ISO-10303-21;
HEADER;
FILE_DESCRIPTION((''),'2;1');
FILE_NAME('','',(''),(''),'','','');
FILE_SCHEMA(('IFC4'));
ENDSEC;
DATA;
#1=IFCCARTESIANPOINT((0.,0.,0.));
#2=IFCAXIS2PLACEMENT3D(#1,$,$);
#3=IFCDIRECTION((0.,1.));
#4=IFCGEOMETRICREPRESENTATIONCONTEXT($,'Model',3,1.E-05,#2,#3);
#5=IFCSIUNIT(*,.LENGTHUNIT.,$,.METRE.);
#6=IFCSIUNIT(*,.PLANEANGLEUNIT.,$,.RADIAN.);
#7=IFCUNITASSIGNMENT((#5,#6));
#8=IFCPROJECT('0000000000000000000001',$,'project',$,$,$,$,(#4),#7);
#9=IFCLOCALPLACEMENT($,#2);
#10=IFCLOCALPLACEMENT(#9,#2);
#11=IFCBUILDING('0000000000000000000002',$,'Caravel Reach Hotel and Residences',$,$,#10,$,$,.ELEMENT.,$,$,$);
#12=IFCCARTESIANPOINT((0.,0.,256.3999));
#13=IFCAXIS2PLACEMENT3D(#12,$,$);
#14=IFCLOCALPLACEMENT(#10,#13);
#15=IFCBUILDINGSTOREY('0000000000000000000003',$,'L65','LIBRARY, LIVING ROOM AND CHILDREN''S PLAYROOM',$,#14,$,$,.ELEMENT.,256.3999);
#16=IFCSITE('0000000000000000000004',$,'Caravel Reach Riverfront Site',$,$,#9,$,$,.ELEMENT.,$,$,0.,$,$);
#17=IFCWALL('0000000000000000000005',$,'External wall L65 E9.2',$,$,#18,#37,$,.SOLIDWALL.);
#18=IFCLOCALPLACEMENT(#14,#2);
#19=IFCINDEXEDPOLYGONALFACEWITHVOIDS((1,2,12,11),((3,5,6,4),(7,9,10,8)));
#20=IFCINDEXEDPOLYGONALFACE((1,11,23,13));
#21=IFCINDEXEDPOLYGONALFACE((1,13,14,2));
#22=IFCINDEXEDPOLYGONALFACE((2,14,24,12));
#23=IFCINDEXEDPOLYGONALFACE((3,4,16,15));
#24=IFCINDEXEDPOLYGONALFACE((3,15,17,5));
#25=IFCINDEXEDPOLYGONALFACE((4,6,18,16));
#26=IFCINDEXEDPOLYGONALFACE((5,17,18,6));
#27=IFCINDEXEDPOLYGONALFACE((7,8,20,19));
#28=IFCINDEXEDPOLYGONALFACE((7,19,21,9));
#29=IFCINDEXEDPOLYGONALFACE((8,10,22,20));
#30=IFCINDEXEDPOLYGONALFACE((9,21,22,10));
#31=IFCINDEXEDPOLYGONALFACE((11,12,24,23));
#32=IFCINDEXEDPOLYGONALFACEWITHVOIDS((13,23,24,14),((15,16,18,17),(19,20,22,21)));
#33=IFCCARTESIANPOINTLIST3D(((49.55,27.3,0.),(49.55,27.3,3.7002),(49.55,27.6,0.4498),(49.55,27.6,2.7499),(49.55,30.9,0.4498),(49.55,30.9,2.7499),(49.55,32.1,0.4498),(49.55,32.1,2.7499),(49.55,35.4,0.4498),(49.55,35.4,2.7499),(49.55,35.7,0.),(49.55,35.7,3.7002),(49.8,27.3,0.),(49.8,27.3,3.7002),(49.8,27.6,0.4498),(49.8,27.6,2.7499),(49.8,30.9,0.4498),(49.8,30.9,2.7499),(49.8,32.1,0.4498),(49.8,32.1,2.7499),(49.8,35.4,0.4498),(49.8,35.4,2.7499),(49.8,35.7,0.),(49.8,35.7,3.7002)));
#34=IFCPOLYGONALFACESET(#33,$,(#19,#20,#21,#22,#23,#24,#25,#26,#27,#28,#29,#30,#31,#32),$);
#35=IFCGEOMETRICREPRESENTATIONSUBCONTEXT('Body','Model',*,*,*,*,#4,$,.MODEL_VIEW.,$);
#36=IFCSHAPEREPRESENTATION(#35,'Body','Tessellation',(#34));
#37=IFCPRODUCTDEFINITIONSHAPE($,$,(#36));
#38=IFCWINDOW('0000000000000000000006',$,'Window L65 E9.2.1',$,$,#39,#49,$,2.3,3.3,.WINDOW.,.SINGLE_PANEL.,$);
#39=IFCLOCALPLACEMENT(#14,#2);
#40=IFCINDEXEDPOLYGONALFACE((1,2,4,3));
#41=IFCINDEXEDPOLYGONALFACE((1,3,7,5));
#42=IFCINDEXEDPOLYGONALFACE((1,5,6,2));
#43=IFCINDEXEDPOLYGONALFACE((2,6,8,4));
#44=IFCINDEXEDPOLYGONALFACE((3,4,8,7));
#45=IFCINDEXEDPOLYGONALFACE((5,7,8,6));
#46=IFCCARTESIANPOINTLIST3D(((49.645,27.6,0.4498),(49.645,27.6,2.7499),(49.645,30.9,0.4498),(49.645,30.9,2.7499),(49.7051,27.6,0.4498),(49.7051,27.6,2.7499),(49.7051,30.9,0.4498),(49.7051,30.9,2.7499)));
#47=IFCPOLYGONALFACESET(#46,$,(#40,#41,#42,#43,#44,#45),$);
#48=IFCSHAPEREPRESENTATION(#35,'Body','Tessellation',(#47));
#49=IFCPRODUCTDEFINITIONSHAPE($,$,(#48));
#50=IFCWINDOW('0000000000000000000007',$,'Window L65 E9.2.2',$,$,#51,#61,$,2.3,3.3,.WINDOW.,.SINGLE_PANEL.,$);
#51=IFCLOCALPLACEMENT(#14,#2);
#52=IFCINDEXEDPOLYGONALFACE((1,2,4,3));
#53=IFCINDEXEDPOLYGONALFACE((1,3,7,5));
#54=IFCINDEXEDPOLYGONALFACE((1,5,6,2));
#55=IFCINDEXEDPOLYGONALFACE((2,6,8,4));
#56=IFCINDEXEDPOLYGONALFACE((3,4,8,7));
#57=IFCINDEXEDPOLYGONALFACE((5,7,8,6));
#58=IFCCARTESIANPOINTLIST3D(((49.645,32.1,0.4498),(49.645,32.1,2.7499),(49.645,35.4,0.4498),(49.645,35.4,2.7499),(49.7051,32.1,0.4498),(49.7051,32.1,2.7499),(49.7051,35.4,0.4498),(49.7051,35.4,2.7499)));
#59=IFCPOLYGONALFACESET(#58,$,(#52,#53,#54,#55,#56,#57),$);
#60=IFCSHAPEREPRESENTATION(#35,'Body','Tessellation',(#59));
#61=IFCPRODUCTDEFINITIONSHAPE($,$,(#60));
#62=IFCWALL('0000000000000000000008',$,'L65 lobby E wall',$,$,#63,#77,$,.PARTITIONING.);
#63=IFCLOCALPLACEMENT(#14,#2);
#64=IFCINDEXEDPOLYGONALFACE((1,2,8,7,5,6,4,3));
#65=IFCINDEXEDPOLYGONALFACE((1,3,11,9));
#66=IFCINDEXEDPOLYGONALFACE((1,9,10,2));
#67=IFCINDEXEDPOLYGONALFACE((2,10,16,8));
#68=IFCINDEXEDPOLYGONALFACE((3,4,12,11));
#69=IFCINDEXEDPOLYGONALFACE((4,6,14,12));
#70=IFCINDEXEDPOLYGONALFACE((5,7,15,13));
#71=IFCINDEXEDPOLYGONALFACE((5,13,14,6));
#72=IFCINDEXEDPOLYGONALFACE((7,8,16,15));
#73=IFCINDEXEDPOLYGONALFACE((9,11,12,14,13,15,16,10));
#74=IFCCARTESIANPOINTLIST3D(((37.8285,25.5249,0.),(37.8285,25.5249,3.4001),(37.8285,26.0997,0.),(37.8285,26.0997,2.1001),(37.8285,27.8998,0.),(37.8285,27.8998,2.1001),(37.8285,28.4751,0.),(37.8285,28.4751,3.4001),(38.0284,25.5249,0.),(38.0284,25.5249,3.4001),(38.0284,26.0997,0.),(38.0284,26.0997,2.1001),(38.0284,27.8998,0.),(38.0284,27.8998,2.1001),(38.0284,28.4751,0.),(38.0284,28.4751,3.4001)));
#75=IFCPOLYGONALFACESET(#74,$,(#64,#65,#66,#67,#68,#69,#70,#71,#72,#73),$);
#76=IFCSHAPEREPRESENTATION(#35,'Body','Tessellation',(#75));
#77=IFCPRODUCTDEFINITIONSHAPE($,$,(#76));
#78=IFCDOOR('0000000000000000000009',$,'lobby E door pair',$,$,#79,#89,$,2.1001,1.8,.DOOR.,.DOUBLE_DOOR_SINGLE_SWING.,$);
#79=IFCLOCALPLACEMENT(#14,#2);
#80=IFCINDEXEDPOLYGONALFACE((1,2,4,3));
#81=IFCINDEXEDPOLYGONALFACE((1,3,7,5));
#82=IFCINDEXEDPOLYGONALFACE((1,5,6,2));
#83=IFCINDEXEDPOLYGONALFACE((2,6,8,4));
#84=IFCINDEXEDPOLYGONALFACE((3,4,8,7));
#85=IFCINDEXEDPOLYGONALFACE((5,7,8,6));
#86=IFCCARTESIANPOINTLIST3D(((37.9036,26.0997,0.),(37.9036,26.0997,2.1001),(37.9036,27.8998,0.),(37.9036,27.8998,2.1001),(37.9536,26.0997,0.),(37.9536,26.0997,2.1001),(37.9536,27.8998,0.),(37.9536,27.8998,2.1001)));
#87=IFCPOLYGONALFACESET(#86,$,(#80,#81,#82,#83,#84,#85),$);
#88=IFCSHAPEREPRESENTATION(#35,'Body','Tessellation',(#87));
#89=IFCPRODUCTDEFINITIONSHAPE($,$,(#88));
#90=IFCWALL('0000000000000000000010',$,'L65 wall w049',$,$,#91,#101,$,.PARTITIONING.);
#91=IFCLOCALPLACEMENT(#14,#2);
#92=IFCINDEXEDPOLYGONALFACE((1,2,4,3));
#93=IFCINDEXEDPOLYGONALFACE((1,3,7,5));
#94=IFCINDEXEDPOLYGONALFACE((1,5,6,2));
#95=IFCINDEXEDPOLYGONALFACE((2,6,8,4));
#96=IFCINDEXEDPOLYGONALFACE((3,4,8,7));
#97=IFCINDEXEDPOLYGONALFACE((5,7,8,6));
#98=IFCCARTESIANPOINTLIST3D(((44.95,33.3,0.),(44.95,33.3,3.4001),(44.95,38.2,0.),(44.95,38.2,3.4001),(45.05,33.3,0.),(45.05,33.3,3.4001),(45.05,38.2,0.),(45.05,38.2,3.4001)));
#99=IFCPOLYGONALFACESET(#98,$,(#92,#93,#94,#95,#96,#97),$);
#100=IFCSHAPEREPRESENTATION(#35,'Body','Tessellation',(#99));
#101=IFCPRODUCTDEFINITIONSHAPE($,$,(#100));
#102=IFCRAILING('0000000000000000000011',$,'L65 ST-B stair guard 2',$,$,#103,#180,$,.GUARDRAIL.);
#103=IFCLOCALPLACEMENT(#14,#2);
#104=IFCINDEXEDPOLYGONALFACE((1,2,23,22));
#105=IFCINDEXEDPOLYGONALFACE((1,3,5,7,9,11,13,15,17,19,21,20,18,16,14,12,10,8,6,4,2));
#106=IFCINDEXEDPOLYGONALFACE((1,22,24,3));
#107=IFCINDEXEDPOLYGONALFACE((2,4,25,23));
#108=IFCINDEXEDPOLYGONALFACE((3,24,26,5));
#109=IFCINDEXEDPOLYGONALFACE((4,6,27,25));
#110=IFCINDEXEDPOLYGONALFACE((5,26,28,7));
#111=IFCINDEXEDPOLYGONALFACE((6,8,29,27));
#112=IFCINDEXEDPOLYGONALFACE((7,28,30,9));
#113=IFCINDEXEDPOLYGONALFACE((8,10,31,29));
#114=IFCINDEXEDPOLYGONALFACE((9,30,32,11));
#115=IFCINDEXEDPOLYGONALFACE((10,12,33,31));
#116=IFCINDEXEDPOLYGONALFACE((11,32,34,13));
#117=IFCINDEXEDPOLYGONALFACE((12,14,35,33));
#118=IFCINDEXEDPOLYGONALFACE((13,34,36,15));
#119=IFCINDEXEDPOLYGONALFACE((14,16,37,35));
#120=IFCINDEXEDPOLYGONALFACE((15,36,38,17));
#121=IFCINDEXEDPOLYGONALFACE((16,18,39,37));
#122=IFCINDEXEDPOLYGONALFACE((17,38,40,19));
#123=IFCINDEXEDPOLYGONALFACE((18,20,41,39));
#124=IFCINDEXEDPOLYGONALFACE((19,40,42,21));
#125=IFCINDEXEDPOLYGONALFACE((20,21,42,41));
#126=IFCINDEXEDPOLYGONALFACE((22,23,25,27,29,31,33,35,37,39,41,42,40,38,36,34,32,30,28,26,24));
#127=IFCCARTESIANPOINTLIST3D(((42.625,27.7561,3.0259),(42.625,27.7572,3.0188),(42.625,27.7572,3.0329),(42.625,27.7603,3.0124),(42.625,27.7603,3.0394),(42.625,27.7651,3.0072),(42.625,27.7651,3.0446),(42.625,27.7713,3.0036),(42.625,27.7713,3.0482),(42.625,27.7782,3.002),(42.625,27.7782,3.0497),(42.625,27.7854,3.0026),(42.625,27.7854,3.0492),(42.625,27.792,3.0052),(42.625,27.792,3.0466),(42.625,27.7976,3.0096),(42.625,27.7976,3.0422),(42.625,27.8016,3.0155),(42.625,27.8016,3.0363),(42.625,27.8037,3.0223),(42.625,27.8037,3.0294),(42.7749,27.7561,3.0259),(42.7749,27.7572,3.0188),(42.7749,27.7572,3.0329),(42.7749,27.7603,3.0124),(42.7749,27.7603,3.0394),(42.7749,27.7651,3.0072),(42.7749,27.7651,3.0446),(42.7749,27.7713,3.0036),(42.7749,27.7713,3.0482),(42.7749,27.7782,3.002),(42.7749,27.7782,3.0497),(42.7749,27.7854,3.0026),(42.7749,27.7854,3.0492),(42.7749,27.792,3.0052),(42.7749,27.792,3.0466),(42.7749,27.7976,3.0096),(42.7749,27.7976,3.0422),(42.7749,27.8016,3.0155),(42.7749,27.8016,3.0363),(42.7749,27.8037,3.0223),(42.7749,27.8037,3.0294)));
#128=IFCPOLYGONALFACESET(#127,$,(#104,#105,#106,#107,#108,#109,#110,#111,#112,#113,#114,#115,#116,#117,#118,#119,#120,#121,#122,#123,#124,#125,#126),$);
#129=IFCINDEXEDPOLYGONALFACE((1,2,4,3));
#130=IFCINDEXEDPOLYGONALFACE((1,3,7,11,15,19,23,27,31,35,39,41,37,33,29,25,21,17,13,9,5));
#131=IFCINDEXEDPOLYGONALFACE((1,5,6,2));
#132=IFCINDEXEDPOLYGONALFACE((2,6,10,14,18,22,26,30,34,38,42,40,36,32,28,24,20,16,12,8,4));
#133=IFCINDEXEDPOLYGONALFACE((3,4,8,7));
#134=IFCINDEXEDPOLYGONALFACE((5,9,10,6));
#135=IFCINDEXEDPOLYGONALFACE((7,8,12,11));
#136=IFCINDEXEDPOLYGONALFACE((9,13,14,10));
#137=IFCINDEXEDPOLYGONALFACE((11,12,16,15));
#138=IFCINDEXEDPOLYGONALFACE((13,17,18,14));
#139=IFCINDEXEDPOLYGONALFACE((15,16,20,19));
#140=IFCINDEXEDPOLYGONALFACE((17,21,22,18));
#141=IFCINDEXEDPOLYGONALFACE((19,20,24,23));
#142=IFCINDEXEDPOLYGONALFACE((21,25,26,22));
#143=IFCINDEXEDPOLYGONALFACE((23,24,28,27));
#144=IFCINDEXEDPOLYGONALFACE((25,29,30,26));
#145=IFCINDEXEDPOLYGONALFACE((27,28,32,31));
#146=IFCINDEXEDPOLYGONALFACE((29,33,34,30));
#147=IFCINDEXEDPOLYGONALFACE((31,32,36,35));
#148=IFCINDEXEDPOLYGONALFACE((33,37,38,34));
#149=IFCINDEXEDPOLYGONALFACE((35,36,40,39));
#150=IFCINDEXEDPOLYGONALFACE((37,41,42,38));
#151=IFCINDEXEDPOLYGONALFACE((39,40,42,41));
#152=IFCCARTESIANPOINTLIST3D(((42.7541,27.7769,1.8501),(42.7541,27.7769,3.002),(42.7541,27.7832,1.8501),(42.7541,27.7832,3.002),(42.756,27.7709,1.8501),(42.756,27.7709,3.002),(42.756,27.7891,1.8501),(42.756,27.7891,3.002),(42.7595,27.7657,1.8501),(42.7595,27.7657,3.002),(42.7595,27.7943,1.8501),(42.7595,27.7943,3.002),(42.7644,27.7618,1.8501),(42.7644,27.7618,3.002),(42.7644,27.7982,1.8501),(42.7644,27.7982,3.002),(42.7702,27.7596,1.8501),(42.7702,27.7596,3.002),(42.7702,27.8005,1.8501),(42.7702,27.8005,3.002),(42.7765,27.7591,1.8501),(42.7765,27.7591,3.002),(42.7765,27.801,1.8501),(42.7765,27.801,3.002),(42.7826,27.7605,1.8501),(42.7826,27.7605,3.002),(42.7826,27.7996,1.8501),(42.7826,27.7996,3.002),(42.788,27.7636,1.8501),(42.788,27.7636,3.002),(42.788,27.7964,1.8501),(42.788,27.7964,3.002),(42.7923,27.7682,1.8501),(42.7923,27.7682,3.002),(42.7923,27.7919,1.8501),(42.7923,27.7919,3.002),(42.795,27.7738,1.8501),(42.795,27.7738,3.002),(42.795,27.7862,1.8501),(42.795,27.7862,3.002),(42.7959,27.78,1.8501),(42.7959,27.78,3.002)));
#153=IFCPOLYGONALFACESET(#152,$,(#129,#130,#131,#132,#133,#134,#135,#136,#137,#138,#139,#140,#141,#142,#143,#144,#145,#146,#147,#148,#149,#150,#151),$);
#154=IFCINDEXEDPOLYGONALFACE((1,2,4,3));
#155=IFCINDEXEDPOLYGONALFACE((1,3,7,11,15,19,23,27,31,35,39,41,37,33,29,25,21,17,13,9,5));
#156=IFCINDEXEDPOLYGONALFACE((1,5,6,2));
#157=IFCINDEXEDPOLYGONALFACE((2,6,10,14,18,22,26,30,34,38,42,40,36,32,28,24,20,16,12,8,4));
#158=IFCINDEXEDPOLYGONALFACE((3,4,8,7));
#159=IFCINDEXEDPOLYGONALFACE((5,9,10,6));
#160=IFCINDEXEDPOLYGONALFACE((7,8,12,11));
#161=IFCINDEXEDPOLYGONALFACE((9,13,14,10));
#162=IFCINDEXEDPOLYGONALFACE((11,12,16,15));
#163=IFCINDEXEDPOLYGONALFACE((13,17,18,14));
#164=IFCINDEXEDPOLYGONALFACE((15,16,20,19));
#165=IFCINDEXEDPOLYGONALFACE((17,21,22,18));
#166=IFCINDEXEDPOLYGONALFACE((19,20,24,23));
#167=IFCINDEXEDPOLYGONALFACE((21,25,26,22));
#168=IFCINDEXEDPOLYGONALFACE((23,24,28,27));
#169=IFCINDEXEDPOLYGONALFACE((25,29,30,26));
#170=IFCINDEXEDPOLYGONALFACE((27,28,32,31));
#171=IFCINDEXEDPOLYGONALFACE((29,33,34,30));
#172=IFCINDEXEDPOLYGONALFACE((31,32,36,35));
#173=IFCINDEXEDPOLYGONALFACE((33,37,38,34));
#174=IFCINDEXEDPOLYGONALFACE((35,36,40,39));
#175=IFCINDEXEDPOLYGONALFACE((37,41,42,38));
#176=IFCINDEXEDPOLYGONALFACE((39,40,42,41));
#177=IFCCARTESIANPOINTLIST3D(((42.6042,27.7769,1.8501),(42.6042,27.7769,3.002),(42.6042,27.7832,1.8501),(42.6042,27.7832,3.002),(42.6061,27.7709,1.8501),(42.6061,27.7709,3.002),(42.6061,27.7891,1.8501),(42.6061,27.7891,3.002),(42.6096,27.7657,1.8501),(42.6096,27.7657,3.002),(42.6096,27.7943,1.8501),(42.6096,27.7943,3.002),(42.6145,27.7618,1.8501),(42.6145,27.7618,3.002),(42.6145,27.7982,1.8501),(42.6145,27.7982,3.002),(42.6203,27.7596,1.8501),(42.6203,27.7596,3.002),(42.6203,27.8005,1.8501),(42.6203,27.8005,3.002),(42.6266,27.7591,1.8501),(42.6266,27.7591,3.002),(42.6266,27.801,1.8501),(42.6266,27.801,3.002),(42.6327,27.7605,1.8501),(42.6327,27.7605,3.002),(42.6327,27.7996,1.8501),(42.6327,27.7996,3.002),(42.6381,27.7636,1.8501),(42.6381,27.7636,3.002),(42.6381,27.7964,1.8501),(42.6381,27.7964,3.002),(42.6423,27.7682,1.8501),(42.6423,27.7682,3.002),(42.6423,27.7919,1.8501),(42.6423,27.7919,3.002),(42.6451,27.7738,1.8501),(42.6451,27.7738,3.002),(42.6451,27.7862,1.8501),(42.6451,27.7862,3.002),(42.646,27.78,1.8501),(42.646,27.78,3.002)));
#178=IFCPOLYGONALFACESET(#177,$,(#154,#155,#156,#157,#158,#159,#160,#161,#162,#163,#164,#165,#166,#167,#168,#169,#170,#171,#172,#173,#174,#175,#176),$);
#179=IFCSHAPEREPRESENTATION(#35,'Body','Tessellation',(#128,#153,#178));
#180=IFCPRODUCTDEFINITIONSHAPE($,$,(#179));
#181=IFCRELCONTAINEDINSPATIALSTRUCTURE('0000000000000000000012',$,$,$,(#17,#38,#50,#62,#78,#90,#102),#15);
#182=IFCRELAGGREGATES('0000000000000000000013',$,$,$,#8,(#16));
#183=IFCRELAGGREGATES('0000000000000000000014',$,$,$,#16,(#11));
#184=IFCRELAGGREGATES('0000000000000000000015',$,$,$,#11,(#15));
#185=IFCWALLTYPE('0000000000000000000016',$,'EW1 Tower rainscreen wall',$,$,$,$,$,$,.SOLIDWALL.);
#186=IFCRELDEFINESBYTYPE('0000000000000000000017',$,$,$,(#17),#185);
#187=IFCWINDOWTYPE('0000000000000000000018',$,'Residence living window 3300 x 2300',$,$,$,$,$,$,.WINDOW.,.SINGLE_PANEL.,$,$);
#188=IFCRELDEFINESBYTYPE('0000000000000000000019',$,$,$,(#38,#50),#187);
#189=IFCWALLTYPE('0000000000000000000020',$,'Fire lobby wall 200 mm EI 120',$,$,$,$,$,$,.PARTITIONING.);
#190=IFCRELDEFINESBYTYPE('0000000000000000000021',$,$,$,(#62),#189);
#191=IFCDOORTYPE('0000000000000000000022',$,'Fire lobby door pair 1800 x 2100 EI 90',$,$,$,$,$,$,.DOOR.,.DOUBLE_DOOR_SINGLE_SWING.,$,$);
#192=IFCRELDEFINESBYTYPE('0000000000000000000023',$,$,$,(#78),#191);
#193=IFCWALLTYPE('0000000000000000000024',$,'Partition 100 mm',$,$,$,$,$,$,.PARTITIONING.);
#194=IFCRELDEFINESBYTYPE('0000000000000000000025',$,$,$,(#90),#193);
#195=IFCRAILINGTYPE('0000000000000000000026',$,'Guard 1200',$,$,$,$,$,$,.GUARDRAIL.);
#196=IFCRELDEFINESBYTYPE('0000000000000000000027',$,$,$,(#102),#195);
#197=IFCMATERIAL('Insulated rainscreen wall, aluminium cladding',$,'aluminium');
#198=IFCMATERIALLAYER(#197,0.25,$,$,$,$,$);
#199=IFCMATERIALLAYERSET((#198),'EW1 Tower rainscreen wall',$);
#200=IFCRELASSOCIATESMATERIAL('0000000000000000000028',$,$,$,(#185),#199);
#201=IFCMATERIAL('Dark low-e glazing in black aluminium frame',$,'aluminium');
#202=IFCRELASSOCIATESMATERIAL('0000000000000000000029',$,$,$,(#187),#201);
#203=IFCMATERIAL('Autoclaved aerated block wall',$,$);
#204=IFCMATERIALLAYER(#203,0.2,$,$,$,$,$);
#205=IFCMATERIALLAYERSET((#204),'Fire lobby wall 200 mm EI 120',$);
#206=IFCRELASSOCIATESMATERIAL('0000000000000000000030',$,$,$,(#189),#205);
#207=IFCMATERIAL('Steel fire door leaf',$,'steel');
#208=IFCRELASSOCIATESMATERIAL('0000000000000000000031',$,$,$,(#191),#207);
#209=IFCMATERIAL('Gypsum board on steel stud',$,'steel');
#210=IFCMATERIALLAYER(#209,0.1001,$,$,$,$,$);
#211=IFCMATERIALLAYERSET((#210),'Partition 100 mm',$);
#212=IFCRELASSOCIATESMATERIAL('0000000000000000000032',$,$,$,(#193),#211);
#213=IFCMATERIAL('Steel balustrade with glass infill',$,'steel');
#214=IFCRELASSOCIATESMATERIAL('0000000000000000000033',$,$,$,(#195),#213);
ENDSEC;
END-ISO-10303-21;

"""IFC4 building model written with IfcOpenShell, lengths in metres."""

from ifc_helpers import new_model, si_unit, direction, frame, frame_2d, origin, origin_2d, place, context, subcontext, project, spatial, rectangle, circle, extrude, material, layer, layer_set, type_object, element, fill, save


model = new_model("IFC4")

# Units and contexts
model_context = context("Model", 3, precision=1e-05, world=origin(), true_north=direction((0.0, 1.0)))
body_context = subcontext(model_context, "Body", "Model", "MODEL_VIEW")
ifc_project = project(units=[si_unit("LENGTHUNIT", "METRE"), si_unit("PLANEANGLEUNIT", "RADIAN")], contexts=[model_context])

# Site, building, storey
site_placement = place(None, origin())
site = spatial("IfcSite", under=ifc_project, at=site_placement, Name="Caravel Reach Riverfront Site", CompositionType="ELEMENT", RefElevation=0.0)
building_placement = place(site_placement, origin())
building = spatial("IfcBuilding", under=site, at=building_placement, Name="Caravel Reach Hotel and Residences", CompositionType="ELEMENT")
storey_placement = place(building_placement, frame((0.0, 0.0, 256.3999)))
storey = spatial("IfcBuildingStorey", under=building, at=storey_placement, Name="L65", Description="LIBRARY, LIVING ROOM AND CHILDREN'S PLAYROOM", CompositionType="ELEMENT", Elevation=256.3999)

# Wall, openings, windows
ifc_material_1 = material(Name="Insulated rainscreen wall, aluminium cladding", Category="aluminium")
ifc_layer_1 = layer(ifc_material_1, 0.25)
ifc_layer_set_1 = layer_set([ifc_layer_1], Name="EW1 Tower rainscreen wall")
wall_type_1 = type_object("IfcWallType", Name="EW1 Tower rainscreen wall", PredefinedType="SOLIDWALL", material=ifc_layer_set_1)
wall_1_placement = place(storey_placement, frame((49.675, 27.3, 0.0), z_axis=(0.0, 0.0, 1.0), x_axis=(0.0, 1.0, 0.0)))
wall_1 = element("IfcWall", 1, at=wall_1_placement, inside=storey, type_object=wall_type_1, Name="External wall L65 E9.2", PredefinedType="SOLIDWALL", context=body_context, shape_type="SweptSolid", body=[
    extrude(rectangle(XDim=8.3999, YDim=0.25, at=frame_2d((4.2, 0.0))), origin(), (0.0, 0.0, 1.0), 3.7002),
])
opening_1_placement = place(wall_1_placement, frame((0.3, 0.0, 0.45)))
opening_1 = element("IfcOpeningElement", 2, at=opening_1_placement, cuts=wall_1, PredefinedType="OPENING", context=body_context, shape_type="SweptSolid", body=[
    extrude(rectangle(XDim=3.3, YDim=2.3, at=frame_2d((1.6499, 1.1499))), frame((0.0, 0.135, 0.0), z_axis=(0.0, -1.0, 0.0), x_axis=(1.0, 0.0, 0.0)), (0.0, 0.0, 1.0), 0.27),
])
opening_2_placement = place(wall_1_placement, frame((4.8, 0.0, 0.45)))
opening_2 = element("IfcOpeningElement", 3, at=opening_2_placement, cuts=wall_1, PredefinedType="OPENING", context=body_context, shape_type="SweptSolid", body=[
    extrude(rectangle(XDim=3.3, YDim=2.3, at=frame_2d((1.6499, 1.1499))), frame((0.0, 0.135, 0.0), z_axis=(0.0, -1.0, 0.0), x_axis=(1.0, 0.0, 0.0)), (0.0, 0.0, 1.0), 0.27),
])
ifc_material_2 = material(Name="Dark low-e glazing in black aluminium frame", Category="aluminium")
window_type = type_object("IfcWindowType", Name="Residence living window 3300 x 2300", PartitioningType="SINGLE_PANEL", PredefinedType="WINDOW", material=ifc_material_2)
window_1_placement = place(opening_1_placement, origin())
window_1 = element("IfcWindow", 4, at=window_1_placement, inside=storey, type_object=window_type, Name="Window L65 E9.2.1", OverallHeight=2.3, OverallWidth=3.3, PartitioningType="SINGLE_PANEL", PredefinedType="WINDOW", context=body_context, shape_type="SweptSolid", body=[
    extrude(rectangle(XDim=3.3, YDim=2.3, at=frame_2d((1.6499, 1.1499))), frame((0.0, 0.03, 0.0), z_axis=(0.0, -1.0, 0.0), x_axis=(1.0, 0.0, 0.0)), (0.0, 0.0, 1.0), 0.0601),
])
fill(opening_1, window_1)
window_2_placement = place(opening_2_placement, origin())
window_2 = element("IfcWindow", 5, at=window_2_placement, inside=storey, type_object=window_type, Name="Window L65 E9.2.2", OverallHeight=2.3, OverallWidth=3.3, PartitioningType="SINGLE_PANEL", PredefinedType="WINDOW", context=body_context, shape_type="SweptSolid", body=[
    extrude(rectangle(XDim=3.3, YDim=2.3, at=frame_2d((1.6499, 1.1499))), frame((0.0, 0.03, 0.0), z_axis=(0.0, -1.0, 0.0), x_axis=(1.0, 0.0, 0.0)), (0.0, 0.0, 1.0), 0.0601),
])
fill(opening_2, window_2)

# Wall, opening, door
ifc_material_3 = material(Name="Autoclaved aerated block wall")
ifc_layer_2 = layer(ifc_material_3, 0.2)
ifc_layer_set_2 = layer_set([ifc_layer_2], Name="Fire lobby wall 200 mm EI 120")
wall_type_2 = type_object("IfcWallType", Name="Fire lobby wall 200 mm EI 120", PredefinedType="PARTITIONING", material=ifc_layer_set_2)
wall_2_placement = place(storey_placement, frame((37.9285, 25.5249, 0.0), z_axis=(0.0, 0.0, 1.0), x_axis=(0.0, 1.0, 0.0)))
wall_2 = element("IfcWall", 6, at=wall_2_placement, inside=storey, type_object=wall_type_2, Name="L65 lobby E wall", PredefinedType="PARTITIONING", context=body_context, shape_type="SweptSolid", body=[
    extrude(rectangle(XDim=2.9502, YDim=0.2, at=frame_2d((1.4751, 0.0))), origin(), (0.0, 0.0, 1.0), 3.4001),
])
opening_3_placement = place(wall_2_placement, frame((0.575, 0.0, 0.0)))
opening_3 = element("IfcOpeningElement", 7, at=opening_3_placement, cuts=wall_2, PredefinedType="OPENING", context=body_context, shape_type="SweptSolid", body=[
    extrude(rectangle(XDim=1.8, YDim=2.1001, at=frame_2d((0.8999, 1.05))), frame((0.0, 0.1099, 0.0), z_axis=(0.0, -1.0, 0.0), x_axis=(1.0, 0.0, 0.0)), (0.0, 0.0, 1.0), 0.22),
])
ifc_material_4 = material(Name="Steel fire door leaf", Category="steel")
door_type = type_object("IfcDoorType", Name="Fire lobby door pair 1800 x 2100 EI 90", OperationType="DOUBLE_DOOR_SINGLE_SWING", PredefinedType="DOOR", material=ifc_material_4)
door_placement = place(opening_3_placement, origin())
door = element("IfcDoor", 8, at=door_placement, inside=storey, type_object=door_type, Name="lobby E door pair", OperationType="DOUBLE_DOOR_SINGLE_SWING", OverallHeight=2.1001, OverallWidth=1.8, PredefinedType="DOOR", context=body_context, shape_type="SweptSolid", body=[
    extrude(rectangle(XDim=1.8, YDim=2.1001, at=frame_2d((0.8999, 1.05))), frame((0.0, 0.0249, 0.0), z_axis=(0.0, -1.0, 0.0), x_axis=(1.0, 0.0, 0.0)), (0.0, 0.0, 1.0), 0.05),
])
fill(opening_3, door)

# Wall
ifc_material_5 = material(Name="Gypsum board on steel stud", Category="steel")
ifc_layer_3 = layer(ifc_material_5, 0.1001)
ifc_layer_set_3 = layer_set([ifc_layer_3], Name="Partition 100 mm")
wall_type_3 = type_object("IfcWallType", Name="Partition 100 mm", PredefinedType="PARTITIONING", material=ifc_layer_set_3)
wall_3_placement = place(storey_placement, frame((45.0, 33.3, 0.0), z_axis=(0.0, 0.0, 1.0), x_axis=(0.0, 1.0, 0.0)))
element("IfcWall", 9, at=wall_3_placement, inside=storey, type_object=wall_type_3, Name="L65 wall w049", PredefinedType="PARTITIONING", context=body_context, shape_type="SweptSolid", body=[
    extrude(rectangle(XDim=4.8999, YDim=0.1001, at=frame_2d((2.45, 0.0))), origin(), (0.0, 0.0, 1.0), 3.4001),
])

# Railing
ifc_material_6 = material(Name="Steel balustrade with glass infill", Category="steel")
railing_type_1 = type_object("IfcRailingType", Name="Guard 1200", PredefinedType="GUARDRAIL", material=ifc_material_6)
railing_1_placement = place(storey_placement, frame((42.7749, 27.78, 1.8501)))
element("IfcRailing", 10, at=railing_1_placement, inside=storey, type_object=railing_type_1, Name="L65 ST-B stair guard 2", PredefinedType="GUARDRAIL", context=body_context, shape_type="SweptSolid", body=[
    extrude(circle(Radius=0.0239, at=origin_2d()), frame((0.0, 0.0, 1.1758), z_axis=(-1.0, 0.0, 0.0), x_axis=(0.0, -1.0, 0.0)), (0.0, 0.0, 1.0), 0.1499),
    extrude(circle(Radius=0.021, at=origin_2d()), origin(), (0.0, 0.0, 1.0), 1.1519),
    extrude(circle(Radius=0.021, at=origin_2d()), frame((-0.1499, 0.0, 0.0)), (0.0, 0.0, 1.0), 1.1519),
])

save(model, "model.ifc")
